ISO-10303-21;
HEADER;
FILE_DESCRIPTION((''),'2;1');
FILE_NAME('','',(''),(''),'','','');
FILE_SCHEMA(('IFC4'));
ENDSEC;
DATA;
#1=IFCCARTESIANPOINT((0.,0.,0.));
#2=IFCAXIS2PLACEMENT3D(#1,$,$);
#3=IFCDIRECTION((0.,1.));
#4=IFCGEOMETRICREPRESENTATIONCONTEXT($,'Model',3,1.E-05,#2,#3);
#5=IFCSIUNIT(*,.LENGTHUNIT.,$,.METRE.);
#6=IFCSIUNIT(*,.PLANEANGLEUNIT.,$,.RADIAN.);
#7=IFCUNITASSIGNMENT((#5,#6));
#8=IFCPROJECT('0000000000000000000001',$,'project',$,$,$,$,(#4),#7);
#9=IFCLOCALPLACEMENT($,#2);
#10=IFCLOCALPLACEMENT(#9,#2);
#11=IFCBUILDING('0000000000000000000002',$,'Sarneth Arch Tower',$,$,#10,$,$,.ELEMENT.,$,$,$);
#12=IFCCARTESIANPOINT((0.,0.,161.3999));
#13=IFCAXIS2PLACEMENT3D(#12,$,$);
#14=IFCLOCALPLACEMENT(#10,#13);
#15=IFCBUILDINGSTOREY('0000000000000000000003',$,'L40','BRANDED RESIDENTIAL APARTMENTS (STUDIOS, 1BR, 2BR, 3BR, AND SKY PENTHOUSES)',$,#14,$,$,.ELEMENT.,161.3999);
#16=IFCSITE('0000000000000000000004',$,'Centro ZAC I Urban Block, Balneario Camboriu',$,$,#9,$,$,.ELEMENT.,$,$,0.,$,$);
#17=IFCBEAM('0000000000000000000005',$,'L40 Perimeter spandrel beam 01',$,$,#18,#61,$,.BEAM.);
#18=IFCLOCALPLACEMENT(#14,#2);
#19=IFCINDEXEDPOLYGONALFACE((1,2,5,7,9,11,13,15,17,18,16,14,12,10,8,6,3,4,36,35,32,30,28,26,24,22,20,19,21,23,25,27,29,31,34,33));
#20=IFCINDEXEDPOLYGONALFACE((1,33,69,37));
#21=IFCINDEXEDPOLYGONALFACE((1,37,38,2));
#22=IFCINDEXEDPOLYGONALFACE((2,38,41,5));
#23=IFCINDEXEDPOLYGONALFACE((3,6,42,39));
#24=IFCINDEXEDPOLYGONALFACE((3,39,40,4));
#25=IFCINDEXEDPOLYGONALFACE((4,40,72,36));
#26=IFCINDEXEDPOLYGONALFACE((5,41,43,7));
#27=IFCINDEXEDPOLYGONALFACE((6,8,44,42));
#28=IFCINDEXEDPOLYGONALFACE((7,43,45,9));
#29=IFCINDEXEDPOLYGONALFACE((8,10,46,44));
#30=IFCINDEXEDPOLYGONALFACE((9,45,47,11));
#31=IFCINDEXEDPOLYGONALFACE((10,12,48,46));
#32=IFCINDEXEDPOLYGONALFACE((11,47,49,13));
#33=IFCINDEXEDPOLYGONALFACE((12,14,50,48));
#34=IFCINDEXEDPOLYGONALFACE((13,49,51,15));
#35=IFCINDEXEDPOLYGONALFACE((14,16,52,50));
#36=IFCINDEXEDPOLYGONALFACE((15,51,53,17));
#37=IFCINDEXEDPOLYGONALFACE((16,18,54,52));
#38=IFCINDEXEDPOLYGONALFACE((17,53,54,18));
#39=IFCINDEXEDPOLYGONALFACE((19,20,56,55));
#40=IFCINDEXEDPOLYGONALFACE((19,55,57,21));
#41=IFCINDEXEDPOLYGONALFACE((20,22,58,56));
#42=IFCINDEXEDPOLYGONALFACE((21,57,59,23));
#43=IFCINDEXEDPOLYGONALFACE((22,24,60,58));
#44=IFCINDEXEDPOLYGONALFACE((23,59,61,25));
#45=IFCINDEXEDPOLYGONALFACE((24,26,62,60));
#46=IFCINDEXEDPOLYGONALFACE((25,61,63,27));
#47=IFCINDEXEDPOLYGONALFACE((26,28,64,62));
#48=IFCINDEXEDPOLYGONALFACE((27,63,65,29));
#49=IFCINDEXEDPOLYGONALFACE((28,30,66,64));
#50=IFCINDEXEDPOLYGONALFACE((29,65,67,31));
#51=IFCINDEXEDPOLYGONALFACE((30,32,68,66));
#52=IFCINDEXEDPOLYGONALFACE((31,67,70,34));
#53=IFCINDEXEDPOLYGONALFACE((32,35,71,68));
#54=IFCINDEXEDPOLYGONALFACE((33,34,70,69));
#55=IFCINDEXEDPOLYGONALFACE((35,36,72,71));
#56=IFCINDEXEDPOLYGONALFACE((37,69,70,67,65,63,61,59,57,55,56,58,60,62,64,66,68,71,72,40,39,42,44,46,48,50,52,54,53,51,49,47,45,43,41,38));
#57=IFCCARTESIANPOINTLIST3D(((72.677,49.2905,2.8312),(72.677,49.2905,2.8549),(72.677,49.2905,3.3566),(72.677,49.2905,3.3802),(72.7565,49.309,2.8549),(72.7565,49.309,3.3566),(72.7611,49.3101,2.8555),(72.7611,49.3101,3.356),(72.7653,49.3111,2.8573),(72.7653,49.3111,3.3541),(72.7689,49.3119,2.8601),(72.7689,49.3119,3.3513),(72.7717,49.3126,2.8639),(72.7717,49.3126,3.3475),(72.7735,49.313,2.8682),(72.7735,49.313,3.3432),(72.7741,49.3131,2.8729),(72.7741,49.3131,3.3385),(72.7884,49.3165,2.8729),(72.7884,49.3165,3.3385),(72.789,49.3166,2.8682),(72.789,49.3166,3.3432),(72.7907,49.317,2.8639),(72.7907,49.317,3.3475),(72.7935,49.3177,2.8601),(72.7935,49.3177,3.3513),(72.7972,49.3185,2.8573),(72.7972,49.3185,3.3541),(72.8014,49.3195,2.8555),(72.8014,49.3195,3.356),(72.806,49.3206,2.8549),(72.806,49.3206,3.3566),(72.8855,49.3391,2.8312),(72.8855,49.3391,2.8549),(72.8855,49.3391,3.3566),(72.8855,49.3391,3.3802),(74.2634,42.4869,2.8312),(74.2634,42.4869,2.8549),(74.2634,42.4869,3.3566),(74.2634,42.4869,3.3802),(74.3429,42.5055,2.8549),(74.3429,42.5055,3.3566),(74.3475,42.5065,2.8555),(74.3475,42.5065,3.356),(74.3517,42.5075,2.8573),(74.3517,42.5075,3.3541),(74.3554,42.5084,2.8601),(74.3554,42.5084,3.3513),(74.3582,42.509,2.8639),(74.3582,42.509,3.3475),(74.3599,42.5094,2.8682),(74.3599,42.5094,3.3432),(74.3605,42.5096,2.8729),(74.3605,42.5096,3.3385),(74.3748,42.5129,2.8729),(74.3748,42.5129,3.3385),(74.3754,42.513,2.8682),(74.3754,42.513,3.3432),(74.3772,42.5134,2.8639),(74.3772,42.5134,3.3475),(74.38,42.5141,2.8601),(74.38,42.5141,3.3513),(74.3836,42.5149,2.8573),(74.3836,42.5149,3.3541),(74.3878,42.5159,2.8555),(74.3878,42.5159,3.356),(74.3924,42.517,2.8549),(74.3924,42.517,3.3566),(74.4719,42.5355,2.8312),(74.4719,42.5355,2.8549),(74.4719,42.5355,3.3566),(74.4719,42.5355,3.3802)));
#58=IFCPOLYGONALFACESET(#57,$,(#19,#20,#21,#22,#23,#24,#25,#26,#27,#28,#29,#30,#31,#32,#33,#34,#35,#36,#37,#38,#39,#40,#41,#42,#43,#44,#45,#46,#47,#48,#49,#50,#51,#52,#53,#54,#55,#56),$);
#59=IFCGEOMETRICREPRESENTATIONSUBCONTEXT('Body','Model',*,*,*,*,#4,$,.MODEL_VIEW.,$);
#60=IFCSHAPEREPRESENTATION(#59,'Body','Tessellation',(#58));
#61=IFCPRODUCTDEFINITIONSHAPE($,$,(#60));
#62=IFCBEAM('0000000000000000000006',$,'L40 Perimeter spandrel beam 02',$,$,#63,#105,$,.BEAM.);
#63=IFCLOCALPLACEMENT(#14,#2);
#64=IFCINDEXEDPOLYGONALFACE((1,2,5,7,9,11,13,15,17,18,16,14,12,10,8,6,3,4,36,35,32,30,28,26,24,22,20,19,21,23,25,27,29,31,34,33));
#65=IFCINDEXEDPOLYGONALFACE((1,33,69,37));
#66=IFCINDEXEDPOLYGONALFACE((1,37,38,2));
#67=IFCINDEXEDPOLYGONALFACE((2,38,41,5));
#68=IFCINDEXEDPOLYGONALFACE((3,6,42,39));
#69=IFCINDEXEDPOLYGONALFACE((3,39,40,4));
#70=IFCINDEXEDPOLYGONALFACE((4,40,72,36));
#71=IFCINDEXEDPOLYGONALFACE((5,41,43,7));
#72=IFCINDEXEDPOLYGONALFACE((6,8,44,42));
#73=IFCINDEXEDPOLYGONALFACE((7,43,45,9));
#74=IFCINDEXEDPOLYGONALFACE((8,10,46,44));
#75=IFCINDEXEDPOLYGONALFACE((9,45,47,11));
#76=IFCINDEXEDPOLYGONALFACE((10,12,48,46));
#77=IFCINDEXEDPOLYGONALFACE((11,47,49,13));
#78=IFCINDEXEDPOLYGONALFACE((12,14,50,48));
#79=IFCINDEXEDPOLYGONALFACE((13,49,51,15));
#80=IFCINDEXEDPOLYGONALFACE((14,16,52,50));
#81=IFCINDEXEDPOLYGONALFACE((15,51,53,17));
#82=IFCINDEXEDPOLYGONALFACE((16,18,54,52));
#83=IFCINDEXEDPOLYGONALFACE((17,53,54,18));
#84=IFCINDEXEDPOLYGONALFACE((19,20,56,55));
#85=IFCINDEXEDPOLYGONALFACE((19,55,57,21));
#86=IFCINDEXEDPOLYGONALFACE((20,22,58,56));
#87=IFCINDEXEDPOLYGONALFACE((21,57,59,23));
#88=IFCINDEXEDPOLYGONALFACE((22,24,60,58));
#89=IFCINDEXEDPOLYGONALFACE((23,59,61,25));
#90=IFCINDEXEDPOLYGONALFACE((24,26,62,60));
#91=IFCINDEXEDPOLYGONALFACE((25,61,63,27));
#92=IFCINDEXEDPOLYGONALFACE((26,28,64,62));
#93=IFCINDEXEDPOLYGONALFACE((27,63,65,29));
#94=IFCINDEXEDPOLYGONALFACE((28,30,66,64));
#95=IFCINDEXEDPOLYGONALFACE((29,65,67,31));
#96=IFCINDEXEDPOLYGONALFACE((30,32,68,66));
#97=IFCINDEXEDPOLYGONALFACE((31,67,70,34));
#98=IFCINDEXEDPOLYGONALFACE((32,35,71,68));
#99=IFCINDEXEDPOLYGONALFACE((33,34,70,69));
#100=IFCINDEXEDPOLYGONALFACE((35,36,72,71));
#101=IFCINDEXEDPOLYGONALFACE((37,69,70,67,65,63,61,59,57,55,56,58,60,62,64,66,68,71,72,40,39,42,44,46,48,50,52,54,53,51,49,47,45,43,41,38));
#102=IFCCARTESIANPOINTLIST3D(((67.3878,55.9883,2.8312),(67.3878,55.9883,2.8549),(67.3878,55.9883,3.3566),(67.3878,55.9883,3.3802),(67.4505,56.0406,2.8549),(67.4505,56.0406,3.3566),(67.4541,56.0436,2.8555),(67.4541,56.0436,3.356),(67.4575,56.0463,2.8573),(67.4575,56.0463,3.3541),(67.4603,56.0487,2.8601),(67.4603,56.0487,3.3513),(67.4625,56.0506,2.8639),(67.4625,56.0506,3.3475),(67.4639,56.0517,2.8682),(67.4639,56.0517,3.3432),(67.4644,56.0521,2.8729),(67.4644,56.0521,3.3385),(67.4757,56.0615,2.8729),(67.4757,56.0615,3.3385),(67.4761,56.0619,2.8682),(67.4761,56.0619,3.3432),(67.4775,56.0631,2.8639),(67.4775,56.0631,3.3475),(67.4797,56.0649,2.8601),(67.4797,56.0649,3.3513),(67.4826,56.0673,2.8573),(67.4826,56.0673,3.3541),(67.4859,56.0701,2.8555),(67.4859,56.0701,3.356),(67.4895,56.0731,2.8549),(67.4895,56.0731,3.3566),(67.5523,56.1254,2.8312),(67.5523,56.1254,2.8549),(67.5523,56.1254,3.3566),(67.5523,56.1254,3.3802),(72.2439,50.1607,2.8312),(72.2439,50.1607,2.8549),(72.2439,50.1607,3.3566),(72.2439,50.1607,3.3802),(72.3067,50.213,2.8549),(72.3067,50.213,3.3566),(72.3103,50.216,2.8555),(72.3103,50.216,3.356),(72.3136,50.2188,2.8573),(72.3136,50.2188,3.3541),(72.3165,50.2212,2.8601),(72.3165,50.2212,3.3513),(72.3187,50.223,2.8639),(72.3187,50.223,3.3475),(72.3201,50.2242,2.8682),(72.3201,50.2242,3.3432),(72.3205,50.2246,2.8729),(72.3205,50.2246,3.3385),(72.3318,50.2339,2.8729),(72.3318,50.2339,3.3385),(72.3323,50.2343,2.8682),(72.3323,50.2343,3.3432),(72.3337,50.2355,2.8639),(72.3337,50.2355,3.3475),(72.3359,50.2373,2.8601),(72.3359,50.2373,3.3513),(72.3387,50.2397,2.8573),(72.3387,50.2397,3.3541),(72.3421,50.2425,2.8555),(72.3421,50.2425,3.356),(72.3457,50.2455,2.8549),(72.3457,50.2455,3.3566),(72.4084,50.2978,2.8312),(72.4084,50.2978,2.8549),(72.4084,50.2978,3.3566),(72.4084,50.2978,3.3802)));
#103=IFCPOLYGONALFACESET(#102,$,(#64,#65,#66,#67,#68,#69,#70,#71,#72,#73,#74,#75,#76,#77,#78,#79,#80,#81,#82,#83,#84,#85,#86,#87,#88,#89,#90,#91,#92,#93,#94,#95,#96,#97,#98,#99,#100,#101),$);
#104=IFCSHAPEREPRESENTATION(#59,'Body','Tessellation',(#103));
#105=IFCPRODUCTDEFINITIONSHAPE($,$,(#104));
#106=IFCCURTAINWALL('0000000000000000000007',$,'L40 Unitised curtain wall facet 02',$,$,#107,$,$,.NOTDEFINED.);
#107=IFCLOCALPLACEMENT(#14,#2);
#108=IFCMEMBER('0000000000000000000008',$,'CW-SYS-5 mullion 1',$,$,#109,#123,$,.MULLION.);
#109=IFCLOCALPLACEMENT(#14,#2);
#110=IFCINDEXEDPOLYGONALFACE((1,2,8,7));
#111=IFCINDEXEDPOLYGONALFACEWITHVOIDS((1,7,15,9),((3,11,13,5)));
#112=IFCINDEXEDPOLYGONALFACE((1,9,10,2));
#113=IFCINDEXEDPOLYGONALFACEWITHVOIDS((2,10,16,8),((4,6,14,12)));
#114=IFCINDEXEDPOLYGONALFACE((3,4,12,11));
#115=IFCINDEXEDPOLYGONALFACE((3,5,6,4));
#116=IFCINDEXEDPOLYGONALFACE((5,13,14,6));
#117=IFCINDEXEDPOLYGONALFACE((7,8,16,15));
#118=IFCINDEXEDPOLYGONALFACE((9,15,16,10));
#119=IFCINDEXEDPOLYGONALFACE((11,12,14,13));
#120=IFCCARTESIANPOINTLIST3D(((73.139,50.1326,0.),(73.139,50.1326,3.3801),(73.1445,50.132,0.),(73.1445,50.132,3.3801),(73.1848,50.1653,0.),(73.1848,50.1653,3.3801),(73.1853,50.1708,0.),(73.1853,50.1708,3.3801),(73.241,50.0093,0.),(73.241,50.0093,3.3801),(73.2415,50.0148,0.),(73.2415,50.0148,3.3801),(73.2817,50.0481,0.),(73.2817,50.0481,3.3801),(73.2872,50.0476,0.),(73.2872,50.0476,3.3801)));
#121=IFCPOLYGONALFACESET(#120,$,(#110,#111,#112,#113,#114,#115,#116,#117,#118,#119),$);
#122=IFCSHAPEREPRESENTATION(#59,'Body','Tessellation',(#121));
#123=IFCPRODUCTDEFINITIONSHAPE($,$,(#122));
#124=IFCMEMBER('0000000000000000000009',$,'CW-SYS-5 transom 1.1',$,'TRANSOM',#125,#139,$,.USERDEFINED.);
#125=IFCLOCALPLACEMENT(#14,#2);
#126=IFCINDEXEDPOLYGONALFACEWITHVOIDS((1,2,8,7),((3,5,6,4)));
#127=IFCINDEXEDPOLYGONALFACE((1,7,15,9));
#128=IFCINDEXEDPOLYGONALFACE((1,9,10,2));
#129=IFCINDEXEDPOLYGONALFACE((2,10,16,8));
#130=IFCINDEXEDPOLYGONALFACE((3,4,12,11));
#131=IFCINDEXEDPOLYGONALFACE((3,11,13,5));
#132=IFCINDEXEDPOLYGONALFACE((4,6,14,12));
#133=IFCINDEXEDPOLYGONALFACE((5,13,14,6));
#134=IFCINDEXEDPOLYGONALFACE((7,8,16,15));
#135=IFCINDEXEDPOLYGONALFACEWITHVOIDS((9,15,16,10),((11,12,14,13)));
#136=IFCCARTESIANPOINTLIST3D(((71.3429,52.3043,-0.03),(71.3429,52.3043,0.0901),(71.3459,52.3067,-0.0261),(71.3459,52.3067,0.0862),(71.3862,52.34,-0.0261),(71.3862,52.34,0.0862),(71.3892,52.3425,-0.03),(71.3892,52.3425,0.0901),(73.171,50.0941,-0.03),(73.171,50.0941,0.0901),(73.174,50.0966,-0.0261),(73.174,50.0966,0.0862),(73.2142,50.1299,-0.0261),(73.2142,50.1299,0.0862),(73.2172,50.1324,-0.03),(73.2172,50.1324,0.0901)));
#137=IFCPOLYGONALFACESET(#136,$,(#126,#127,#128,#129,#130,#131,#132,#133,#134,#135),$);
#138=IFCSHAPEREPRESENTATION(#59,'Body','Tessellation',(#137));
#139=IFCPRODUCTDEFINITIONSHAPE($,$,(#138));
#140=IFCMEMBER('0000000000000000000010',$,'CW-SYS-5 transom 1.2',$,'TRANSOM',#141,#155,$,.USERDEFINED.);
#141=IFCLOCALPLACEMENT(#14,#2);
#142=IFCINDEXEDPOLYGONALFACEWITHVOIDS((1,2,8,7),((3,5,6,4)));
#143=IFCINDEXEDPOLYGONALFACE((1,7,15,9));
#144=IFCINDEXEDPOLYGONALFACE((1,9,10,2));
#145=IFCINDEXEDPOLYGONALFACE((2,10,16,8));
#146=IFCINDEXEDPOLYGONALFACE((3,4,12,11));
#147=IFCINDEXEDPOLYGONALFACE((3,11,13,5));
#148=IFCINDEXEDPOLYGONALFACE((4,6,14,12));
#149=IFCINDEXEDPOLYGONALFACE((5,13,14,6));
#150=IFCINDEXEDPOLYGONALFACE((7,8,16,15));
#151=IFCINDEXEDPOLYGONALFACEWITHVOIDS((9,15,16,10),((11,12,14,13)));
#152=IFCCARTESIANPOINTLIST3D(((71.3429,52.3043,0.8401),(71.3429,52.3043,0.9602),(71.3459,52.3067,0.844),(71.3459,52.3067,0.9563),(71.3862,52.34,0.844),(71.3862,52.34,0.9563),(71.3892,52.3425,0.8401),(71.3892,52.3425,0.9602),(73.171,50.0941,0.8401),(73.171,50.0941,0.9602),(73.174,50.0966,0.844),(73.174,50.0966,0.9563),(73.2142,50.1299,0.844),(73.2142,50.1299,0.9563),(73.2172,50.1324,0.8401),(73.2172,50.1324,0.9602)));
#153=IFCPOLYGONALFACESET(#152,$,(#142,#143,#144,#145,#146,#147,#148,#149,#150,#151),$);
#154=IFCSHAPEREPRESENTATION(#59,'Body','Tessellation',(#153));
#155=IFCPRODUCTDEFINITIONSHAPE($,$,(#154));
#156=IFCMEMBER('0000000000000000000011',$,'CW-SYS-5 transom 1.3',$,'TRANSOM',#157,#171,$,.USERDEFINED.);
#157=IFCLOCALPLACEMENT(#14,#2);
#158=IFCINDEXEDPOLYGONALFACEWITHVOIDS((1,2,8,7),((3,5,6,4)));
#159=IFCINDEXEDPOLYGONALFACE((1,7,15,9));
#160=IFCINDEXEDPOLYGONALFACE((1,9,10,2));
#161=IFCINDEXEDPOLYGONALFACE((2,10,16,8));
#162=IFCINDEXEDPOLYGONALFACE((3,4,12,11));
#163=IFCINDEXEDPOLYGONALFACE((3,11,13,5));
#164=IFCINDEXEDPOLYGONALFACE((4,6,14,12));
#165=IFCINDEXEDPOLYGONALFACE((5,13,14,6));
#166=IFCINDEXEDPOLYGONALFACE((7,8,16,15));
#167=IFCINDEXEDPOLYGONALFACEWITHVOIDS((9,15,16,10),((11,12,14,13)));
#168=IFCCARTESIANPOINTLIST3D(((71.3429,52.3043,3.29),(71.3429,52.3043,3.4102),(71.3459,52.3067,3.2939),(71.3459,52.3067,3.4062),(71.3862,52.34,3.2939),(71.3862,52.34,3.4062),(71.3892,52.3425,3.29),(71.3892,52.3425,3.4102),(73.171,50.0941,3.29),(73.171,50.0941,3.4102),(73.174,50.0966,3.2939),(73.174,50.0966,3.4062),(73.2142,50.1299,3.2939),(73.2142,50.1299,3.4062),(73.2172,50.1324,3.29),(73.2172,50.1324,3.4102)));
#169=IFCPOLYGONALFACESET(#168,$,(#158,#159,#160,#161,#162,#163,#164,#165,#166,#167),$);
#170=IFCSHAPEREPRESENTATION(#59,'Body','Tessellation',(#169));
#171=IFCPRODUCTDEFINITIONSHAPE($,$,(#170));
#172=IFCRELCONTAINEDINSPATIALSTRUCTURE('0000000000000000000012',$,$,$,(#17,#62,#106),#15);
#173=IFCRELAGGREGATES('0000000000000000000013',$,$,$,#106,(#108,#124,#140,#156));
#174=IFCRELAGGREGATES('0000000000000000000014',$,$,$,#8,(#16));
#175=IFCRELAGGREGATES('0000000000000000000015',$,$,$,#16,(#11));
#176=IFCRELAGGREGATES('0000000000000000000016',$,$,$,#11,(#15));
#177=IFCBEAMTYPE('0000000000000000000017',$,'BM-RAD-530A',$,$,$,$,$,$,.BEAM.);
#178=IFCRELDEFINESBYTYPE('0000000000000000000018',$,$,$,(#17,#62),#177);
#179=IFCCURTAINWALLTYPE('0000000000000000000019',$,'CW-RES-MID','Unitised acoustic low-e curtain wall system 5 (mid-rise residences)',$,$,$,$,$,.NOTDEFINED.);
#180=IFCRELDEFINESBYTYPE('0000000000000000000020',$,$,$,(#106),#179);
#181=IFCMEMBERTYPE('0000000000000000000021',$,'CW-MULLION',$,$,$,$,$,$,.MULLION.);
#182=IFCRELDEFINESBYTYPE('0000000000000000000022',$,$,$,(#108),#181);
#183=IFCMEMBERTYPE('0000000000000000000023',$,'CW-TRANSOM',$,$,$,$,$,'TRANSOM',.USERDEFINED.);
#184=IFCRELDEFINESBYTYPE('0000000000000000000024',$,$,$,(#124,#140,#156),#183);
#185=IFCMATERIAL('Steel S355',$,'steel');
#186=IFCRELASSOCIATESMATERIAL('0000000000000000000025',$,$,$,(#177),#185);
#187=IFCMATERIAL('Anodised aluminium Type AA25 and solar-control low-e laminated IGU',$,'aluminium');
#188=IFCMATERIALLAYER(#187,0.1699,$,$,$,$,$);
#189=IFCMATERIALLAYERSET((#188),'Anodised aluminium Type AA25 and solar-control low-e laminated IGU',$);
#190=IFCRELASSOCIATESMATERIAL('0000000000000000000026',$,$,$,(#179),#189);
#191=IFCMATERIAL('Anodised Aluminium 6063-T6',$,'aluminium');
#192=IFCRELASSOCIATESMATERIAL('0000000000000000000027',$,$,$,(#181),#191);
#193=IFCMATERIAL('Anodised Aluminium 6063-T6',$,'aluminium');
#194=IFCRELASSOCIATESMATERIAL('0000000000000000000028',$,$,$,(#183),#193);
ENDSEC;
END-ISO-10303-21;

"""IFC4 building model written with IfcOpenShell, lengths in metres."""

from ifc_helpers import new_model, si_unit, direction, frame, origin, origin_2d, place, context, subcontext, project, spatial, hollow_rectangle, i_section, extrude, material, layer, layer_set, material_profile, profile_set, type_object, element, aggregate, save


model = new_model("IFC4")

# Units and contexts
model_context = context("Model", 3, precision=1e-05, world=origin(), true_north=direction((0.0, 1.0)))
body_context = subcontext(model_context, "Body", "Model", "MODEL_VIEW")
ifc_project = project(units=[si_unit("LENGTHUNIT", "METRE"), si_unit("PLANEANGLEUNIT", "RADIAN")], contexts=[model_context])

# Site, building, storey
site_placement = place(None, origin())
site = spatial("IfcSite", under=ifc_project, at=site_placement, Name="Centro ZAC I Urban Block, Balneario Camboriu", CompositionType="ELEMENT", RefElevation=0.0)
building_placement = place(site_placement, origin())
building = spatial("IfcBuilding", under=site, at=building_placement, Name="Sarneth Arch Tower", CompositionType="ELEMENT")
storey_placement = place(building_placement, frame((0.0, 0.0, 161.3999)))
storey = spatial("IfcBuildingStorey", under=building, at=storey_placement, Name="L40", Description="BRANDED RESIDENTIAL APARTMENTS (STUDIOS, 1BR, 2BR, 3BR, AND SKY PENTHOUSES)", CompositionType="ELEMENT", Elevation=161.3999)

# Beams
ifc_material_1 = material(Name="Steel S355", Category="steel")
ifc_material_profile_1 = material_profile(ifc_material_1, i_section(OverallWidth=0.2141, OverallDepth=0.5491, WebThickness=0.0146, FlangeThickness=0.0237, FilletRadius=0.0181, at=origin_2d()), Name="W530x138")
ifc_profile_set_1 = profile_set([ifc_material_profile_1], Name="Steel S355")
beam_type = type_object("IfcBeamType", Name="BM-RAD-530A", PredefinedType="BEAM", material=ifc_profile_set_1)
beam_1_placement = place(storey_placement, frame((74.3677, 42.5112, 3.1057), z_axis=(-0.227087, 0.973874, 0.0), x_axis=(-0.973874, -0.227087, 0.0)))
element("IfcBeam", 1, at=beam_1_placement, inside=storey, type_object=beam_type, Name="L40 Perimeter spandrel beam 01", PredefinedType="BEAM", context=body_context, shape_type="SweptSolid", body=[
    extrude(i_section(OverallWidth=0.2141, OverallDepth=0.5491, WebThickness=0.0146, FlangeThickness=0.0237, FilletRadius=0.0181, at=origin_2d()), origin(), (0.0, 0.0, 1.0), 6.9861),
])
beam_2_placement = place(storey_placement, frame((72.3262, 50.2292, 3.1057), z_axis=(-0.640172, 0.768232, 0.0), x_axis=(-0.768232, -0.640172, 0.0)))
element("IfcBeam", 2, at=beam_2_placement, inside=storey, type_object=beam_type, Name="L40 Perimeter spandrel beam 02", PredefinedType="BEAM", context=body_context, shape_type="SweptSolid", body=[
    extrude(i_section(OverallWidth=0.2141, OverallDepth=0.5491, WebThickness=0.0146, FlangeThickness=0.0237, FilletRadius=0.0181, at=origin_2d()), origin(), (0.0, 0.0, 1.0), 7.5857),
])

# Curtain wall, members
ifc_material_2 = material(Name="Anodised aluminium Type AA25 and solar-control low-e laminated IGU", Category="aluminium")
ifc_layer_1 = layer(ifc_material_2, 0.1699)
ifc_layer_set_1 = layer_set([ifc_layer_1], Name="Anodised aluminium Type AA25 and solar-control low-e laminated IGU")
curtain_wall_type = type_object("IfcCurtainWallType", Name="CW-RES-MID", Description="Unitised acoustic low-e curtain wall system 5 (mid-rise residences)", PredefinedType="NOTDEFINED", material=ifc_layer_set_1)
curtain_wall_placement = place(storey_placement, origin())
curtain_wall = element("IfcCurtainWall", 3, at=curtain_wall_placement, inside=storey, type_object=curtain_wall_type, Name="L40 Unitised curtain wall facet 02", PredefinedType="NOTDEFINED")
ifc_material_3 = material(Name="Anodised Aluminium 6063-T6", Category="aluminium")
ifc_material_profile_2 = material_profile(ifc_material_3, hollow_rectangle(XDim=0.0601, YDim=0.1599, WallThickness=0.0039, at=origin_2d()), Name="AL-MULL-160x60x4")
ifc_profile_set_2 = profile_set([ifc_material_profile_2], Name="Anodised Aluminium 6063-T6")
member_type_1 = type_object("IfcMemberType", Name="CW-MULLION", PredefinedType="MULLION", material=ifc_profile_set_2)
member_1_placement = place(storey_placement, frame((73.2131, 50.0901, 0.0), z_axis=(0.0, 0.0, 1.0), x_axis=(-0.770591, -0.63733, 0.0)))
member_1 = element("IfcMember", 4, at=member_1_placement, type_object=member_type_1, Name="CW-SYS-5 mullion 1", PredefinedType="MULLION", context=body_context, shape_type="SweptSolid", body=[
    extrude(hollow_rectangle(XDim=0.0601, YDim=0.1599, WallThickness=0.0039, at=origin_2d()), origin(), (0.0, 0.0, 1.0), 3.3801),
])
ifc_material_4 = material(Name="Anodised Aluminium 6063-T6", Category="aluminium")
ifc_material_profile_3 = material_profile(ifc_material_4, hollow_rectangle(XDim=0.0601, YDim=0.1201, WallThickness=0.0039, at=origin_2d()), Name="AL-TRAN-120x60x4")
ifc_profile_set_3 = profile_set([ifc_material_profile_3], Name="Anodised Aluminium 6063-T6")
member_type_2 = type_object("IfcMemberType", Name="CW-TRANSOM", ElementType="TRANSOM", PredefinedType="USERDEFINED", material=ifc_profile_set_3)
member_2_placement = place(storey_placement, frame((73.1941, 50.1133, 0.03), z_axis=(-0.637359, 0.770567, 0.0), x_axis=(-0.770567, -0.637359, 0.0)))
member_2 = element("IfcMember", 5, at=member_2_placement, type_object=member_type_2, Name="CW-SYS-5 transom 1.1", ObjectType="TRANSOM", PredefinedType="USERDEFINED", context=body_context, shape_type="SweptSolid", body=[
    extrude(hollow_rectangle(XDim=0.0601, YDim=0.1201, WallThickness=0.0039, at=origin_2d()), origin(), (0.0, 0.0, 1.0), 2.8682),
])
member_3_placement = place(storey_placement, frame((73.1941, 50.1133, 0.9001), z_axis=(-0.637359, 0.770567, 0.0), x_axis=(-0.770567, -0.637359, 0.0)))
member_3 = element("IfcMember", 6, at=member_3_placement, type_object=member_type_2, Name="CW-SYS-5 transom 1.2", ObjectType="TRANSOM", PredefinedType="USERDEFINED", context=body_context, shape_type="SweptSolid", body=[
    extrude(hollow_rectangle(XDim=0.0601, YDim=0.1201, WallThickness=0.0039, at=origin_2d()), origin(), (0.0, 0.0, 1.0), 2.8682),
])
member_4_placement = place(storey_placement, frame((73.1941, 50.1133, 3.3501), z_axis=(-0.637359, 0.770567, 0.0), x_axis=(-0.770567, -0.637359, 0.0)))
member_4 = element("IfcMember", 7, at=member_4_placement, type_object=member_type_2, Name="CW-SYS-5 transom 1.3", ObjectType="TRANSOM", PredefinedType="USERDEFINED", context=body_context, shape_type="SweptSolid", body=[
    extrude(hollow_rectangle(XDim=0.0601, YDim=0.1201, WallThickness=0.0039, at=origin_2d()), origin(), (0.0, 0.0, 1.0), 2.8682),
])

aggregate(curtain_wall, [member_1, member_2, member_3, member_4])

save(model, "model.ifc")
